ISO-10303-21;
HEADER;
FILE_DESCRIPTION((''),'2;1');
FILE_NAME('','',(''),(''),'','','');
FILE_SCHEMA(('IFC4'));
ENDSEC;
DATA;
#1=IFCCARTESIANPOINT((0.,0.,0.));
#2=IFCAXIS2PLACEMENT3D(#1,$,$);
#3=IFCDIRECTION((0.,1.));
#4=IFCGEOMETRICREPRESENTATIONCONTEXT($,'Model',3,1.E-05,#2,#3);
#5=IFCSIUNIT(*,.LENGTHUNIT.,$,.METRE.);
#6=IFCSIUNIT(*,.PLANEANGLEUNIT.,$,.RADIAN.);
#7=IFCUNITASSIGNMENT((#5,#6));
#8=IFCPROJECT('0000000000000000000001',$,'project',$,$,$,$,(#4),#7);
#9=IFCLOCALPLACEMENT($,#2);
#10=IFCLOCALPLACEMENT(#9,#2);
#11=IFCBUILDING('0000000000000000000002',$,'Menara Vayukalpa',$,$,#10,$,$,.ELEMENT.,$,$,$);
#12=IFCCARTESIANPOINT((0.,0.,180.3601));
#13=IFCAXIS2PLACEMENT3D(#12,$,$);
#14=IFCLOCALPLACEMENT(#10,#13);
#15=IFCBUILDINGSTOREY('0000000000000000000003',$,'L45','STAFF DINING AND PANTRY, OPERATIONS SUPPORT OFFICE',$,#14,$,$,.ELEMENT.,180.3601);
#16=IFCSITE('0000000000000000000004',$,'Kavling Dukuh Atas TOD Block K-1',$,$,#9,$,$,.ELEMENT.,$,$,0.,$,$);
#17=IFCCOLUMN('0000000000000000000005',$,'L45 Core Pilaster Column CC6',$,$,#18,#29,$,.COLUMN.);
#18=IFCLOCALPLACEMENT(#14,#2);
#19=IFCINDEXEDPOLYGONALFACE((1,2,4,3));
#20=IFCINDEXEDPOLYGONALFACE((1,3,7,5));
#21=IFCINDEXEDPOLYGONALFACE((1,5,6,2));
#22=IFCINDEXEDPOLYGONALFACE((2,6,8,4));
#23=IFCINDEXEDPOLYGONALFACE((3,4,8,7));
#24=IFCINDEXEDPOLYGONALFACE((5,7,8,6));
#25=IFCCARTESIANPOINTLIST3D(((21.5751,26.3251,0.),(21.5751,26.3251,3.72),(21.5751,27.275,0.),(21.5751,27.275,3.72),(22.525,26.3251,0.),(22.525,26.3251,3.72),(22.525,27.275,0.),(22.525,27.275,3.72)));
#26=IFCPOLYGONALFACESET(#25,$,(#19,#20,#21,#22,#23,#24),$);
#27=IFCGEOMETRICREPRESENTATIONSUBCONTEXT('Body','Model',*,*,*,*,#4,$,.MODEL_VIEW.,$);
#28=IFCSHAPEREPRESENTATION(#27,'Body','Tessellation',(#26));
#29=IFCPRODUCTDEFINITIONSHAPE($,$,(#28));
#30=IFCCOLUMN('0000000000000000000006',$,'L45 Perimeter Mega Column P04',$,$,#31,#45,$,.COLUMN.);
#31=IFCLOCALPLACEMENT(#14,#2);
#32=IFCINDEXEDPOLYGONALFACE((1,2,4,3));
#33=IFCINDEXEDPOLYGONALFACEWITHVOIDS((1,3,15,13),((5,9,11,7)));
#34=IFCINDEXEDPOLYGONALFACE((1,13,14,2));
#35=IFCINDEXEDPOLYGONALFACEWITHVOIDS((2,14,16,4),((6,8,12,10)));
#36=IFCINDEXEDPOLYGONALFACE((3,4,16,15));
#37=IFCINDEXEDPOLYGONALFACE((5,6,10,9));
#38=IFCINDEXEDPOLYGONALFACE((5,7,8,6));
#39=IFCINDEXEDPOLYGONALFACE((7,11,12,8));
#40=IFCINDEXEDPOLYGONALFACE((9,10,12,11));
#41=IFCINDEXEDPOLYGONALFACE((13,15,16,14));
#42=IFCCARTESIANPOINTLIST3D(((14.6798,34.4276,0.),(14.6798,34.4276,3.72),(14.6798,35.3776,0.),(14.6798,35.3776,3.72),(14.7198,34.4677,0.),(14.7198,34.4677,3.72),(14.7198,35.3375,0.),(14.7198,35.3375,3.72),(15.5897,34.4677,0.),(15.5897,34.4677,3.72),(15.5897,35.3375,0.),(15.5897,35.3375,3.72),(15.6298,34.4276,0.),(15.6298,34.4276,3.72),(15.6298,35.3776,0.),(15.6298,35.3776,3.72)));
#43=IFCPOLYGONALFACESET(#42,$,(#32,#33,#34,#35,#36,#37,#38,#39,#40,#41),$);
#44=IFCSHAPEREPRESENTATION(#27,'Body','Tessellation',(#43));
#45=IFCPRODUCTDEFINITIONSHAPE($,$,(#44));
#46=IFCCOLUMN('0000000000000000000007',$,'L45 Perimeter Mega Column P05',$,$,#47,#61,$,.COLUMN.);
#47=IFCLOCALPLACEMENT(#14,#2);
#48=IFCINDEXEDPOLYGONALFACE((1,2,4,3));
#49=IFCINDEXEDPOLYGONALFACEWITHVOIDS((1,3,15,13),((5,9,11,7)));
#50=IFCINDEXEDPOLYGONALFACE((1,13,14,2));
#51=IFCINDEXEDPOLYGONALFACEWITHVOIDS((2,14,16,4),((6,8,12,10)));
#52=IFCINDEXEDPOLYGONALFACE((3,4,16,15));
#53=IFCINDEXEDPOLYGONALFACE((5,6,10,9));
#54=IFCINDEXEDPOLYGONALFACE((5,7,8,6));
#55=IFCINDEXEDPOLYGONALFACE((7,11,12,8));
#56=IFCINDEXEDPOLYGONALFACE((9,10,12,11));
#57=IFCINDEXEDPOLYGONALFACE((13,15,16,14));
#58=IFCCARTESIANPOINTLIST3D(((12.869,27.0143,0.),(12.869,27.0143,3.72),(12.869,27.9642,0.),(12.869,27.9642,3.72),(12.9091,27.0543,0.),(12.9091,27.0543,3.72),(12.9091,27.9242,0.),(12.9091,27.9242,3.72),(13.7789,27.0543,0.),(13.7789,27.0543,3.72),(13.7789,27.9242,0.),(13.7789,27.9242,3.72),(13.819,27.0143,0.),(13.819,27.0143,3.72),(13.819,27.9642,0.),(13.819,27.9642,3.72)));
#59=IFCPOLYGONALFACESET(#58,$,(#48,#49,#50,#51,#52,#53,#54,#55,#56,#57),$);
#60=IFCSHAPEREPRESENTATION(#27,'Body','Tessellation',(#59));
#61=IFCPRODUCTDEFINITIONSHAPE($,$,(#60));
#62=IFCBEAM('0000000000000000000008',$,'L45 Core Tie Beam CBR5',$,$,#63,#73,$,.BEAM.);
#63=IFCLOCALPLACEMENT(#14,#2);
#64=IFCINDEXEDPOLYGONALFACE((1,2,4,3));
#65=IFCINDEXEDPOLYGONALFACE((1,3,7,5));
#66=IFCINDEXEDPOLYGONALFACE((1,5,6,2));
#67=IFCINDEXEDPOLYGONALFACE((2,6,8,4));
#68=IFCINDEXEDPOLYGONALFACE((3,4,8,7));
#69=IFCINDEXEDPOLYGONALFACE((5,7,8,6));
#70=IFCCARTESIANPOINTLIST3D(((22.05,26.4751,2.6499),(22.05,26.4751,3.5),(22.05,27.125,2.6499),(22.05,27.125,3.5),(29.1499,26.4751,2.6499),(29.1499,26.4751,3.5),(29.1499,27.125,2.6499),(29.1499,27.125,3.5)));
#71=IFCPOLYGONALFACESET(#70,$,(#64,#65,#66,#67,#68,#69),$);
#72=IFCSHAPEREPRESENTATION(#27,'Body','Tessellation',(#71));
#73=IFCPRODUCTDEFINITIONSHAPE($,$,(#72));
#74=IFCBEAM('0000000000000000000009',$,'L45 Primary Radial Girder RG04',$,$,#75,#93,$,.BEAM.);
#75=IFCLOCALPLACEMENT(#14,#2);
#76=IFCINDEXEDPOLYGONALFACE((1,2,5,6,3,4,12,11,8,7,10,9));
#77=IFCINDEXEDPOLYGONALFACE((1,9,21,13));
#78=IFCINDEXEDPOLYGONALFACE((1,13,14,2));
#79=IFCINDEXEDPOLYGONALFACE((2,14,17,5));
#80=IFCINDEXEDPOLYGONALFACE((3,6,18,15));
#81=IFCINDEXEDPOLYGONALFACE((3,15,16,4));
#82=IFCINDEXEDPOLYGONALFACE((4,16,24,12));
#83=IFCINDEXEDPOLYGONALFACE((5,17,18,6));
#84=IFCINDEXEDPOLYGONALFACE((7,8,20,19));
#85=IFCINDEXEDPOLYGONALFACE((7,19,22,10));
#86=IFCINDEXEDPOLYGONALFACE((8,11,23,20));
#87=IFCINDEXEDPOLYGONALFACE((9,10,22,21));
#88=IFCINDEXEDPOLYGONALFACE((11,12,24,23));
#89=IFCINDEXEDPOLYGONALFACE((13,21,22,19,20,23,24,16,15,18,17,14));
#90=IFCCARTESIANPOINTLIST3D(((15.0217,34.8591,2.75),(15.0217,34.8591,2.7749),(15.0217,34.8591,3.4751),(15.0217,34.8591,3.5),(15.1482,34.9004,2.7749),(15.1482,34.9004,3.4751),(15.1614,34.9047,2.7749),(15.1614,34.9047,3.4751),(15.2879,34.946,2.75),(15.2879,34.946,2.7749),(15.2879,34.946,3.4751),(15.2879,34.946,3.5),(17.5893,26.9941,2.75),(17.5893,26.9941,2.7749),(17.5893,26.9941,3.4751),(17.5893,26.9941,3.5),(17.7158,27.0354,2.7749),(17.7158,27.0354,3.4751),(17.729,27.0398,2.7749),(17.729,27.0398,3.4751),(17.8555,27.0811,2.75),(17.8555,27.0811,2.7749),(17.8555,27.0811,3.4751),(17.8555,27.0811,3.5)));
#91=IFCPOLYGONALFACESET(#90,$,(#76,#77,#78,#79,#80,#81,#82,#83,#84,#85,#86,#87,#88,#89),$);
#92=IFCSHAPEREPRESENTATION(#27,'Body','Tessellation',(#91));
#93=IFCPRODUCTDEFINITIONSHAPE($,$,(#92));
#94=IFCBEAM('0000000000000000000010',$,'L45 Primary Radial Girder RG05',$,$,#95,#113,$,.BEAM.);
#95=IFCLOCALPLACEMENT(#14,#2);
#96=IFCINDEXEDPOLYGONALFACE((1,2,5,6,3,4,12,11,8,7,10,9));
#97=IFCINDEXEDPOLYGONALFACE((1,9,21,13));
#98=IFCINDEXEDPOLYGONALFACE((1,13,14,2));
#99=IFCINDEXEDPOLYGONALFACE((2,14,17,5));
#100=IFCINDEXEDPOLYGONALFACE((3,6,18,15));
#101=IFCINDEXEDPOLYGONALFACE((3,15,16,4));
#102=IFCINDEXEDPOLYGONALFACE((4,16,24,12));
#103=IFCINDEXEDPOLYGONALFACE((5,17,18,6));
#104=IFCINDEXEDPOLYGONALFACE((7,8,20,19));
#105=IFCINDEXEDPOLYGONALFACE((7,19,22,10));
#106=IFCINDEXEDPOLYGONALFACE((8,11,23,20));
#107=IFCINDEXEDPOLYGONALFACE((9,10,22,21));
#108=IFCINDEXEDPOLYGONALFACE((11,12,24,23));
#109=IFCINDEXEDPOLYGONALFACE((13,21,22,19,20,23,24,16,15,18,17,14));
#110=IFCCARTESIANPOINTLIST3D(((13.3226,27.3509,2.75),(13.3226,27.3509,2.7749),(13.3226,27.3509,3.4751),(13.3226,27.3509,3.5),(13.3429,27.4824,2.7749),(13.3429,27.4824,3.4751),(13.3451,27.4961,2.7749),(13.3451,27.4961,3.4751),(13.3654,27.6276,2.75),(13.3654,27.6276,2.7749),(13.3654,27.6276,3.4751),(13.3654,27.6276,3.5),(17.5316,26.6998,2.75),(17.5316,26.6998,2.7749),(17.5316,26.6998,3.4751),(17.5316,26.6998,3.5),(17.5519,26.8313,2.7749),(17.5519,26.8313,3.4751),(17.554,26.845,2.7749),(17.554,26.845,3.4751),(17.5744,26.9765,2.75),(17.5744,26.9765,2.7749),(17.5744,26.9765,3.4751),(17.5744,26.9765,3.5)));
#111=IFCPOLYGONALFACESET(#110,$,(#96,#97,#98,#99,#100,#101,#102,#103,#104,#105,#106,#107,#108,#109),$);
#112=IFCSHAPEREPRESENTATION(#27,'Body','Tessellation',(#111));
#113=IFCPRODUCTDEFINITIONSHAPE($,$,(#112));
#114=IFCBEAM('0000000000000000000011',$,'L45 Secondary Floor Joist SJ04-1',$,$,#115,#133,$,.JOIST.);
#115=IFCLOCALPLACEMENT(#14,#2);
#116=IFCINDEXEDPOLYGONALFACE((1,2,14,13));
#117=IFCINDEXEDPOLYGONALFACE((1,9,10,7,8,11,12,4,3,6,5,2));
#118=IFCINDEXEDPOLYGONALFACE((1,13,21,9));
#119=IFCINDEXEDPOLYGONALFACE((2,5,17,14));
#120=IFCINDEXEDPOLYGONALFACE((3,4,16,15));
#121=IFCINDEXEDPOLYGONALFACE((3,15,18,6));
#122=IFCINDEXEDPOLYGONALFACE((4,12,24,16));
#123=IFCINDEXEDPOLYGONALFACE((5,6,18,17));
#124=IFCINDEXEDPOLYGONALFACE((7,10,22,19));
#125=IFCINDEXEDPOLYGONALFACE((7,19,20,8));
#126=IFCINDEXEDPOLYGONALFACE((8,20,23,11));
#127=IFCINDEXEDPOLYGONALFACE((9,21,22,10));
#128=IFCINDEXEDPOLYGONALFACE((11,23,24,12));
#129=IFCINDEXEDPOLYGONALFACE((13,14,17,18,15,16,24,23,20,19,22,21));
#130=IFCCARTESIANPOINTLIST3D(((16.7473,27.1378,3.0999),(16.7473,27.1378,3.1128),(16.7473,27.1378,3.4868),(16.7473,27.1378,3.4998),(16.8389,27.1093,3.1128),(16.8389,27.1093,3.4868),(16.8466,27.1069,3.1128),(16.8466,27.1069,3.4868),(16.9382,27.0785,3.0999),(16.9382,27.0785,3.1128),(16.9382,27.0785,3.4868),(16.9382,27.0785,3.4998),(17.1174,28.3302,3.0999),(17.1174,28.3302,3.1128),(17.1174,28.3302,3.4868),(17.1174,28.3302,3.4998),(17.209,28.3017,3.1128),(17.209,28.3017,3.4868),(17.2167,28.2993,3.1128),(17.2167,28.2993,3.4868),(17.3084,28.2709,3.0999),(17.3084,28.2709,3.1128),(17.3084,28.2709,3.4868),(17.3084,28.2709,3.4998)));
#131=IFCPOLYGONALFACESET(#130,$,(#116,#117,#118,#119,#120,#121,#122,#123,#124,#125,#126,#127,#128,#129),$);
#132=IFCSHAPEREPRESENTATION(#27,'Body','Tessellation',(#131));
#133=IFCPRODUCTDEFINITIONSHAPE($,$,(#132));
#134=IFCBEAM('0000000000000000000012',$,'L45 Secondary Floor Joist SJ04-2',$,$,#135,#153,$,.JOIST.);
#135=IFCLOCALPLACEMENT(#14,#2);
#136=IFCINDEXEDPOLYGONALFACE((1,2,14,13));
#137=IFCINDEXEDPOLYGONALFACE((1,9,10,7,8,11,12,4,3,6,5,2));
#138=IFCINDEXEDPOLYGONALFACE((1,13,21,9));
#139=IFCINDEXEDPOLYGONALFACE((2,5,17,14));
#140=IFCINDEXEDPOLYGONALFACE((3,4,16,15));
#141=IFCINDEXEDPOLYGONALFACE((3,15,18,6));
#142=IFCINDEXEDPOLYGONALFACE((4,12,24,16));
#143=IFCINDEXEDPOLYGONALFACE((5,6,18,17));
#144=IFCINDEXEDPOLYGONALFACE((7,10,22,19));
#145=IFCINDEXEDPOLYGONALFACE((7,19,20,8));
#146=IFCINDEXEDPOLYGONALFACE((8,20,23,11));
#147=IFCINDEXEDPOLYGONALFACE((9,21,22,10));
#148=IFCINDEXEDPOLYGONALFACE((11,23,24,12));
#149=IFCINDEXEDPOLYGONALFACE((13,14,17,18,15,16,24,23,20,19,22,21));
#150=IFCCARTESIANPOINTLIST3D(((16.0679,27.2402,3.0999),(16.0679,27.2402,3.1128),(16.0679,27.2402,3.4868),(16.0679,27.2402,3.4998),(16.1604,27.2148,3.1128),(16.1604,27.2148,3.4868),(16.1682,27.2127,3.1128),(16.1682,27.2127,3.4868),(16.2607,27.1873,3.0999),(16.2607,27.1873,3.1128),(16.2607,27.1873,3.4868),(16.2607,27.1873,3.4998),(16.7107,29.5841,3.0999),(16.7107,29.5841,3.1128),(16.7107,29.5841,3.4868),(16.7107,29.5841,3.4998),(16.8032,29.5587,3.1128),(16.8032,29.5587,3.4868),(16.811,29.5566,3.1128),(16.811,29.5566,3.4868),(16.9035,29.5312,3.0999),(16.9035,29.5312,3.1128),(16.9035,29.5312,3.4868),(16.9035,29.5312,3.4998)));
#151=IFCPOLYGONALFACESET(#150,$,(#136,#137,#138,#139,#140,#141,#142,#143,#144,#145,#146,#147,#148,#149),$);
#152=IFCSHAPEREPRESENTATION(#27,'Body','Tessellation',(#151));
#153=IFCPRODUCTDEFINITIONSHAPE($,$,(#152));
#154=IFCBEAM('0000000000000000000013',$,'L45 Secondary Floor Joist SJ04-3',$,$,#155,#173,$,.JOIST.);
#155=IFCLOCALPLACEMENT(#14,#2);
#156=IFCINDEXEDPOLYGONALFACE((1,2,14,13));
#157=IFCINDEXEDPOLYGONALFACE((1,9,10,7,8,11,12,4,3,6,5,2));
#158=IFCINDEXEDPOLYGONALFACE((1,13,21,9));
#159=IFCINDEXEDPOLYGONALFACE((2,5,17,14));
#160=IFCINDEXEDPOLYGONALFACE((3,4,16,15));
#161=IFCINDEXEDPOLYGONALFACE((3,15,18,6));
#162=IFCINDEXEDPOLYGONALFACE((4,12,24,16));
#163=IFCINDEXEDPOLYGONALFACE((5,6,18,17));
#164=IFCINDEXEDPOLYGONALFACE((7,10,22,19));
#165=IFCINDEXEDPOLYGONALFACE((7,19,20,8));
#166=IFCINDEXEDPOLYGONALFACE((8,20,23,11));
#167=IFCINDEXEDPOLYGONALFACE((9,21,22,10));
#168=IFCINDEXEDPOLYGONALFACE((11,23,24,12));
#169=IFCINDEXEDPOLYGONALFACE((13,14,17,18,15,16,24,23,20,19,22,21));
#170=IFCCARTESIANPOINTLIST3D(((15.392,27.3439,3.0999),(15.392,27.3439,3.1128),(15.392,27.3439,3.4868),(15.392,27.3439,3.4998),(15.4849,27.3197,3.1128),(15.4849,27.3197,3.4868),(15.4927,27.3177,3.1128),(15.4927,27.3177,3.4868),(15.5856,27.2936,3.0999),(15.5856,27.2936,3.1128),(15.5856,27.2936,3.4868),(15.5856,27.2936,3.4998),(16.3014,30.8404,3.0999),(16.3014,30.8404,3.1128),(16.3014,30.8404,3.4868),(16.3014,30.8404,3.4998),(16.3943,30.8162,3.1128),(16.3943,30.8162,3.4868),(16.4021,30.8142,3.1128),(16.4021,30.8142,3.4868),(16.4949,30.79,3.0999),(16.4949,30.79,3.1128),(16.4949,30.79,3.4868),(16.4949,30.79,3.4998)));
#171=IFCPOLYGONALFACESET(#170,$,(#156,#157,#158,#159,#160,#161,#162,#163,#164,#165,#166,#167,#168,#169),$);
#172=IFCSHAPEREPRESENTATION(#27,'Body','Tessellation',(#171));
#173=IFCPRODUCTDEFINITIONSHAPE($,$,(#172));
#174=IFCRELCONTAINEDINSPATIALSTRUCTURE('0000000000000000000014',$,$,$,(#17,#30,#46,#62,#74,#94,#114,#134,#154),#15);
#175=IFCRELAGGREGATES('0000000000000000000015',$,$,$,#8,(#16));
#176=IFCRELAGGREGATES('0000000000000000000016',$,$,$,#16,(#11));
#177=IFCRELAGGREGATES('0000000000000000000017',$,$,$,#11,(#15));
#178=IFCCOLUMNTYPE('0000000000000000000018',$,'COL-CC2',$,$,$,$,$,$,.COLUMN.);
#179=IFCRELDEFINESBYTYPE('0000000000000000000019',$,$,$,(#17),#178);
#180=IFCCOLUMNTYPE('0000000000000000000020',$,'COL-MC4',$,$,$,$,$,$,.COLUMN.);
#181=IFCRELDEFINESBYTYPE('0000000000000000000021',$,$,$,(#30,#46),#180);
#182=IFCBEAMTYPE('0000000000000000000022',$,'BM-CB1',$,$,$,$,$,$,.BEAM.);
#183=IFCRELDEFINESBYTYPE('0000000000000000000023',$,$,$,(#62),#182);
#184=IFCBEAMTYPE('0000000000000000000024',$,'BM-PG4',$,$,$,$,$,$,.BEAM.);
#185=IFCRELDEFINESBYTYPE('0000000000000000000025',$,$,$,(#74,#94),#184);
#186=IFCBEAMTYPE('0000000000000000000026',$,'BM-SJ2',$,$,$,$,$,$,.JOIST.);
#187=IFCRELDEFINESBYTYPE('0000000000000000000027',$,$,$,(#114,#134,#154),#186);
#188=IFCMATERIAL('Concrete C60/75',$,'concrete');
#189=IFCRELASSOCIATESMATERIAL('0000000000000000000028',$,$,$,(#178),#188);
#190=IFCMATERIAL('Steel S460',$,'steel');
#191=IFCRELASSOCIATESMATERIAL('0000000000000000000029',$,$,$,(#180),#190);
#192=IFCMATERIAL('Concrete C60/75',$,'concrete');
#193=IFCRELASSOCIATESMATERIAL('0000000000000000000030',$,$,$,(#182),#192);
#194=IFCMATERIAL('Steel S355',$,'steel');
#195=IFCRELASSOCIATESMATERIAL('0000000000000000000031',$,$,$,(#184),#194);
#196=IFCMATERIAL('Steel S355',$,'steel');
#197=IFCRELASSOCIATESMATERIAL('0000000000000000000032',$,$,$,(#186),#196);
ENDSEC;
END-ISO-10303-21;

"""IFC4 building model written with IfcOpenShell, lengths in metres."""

from ifc_helpers import new_model, si_unit, direction, frame, origin, origin_2d, place, context, subcontext, project, spatial, rectangle, hollow_rectangle, i_section, extrude, material, material_profile, profile_set, type_object, element, save


model = new_model("IFC4")

# Units and contexts
model_context = context("Model", 3, precision=1e-05, world=origin(), true_north=direction((0.0, 1.0)))
body_context = subcontext(model_context, "Body", "Model", "MODEL_VIEW")
ifc_project = project(units=[si_unit("LENGTHUNIT", "METRE"), si_unit("PLANEANGLEUNIT", "RADIAN")], contexts=[model_context])

# Site, building, storey
site_placement = place(None, origin())
site = spatial("IfcSite", under=ifc_project, at=site_placement, Name="Kavling Dukuh Atas TOD Block K-1", CompositionType="ELEMENT", RefElevation=0.0)
building_placement = place(site_placement, origin())
building = spatial("IfcBuilding", under=site, at=building_placement, Name="Menara Vayukalpa", CompositionType="ELEMENT")
storey_placement = place(building_placement, frame((0.0, 0.0, 180.3601)))
storey = spatial("IfcBuildingStorey", under=building, at=storey_placement, Name="L45", Description="STAFF DINING AND PANTRY, OPERATIONS SUPPORT OFFICE", CompositionType="ELEMENT", Elevation=180.3601)

# Columns
ifc_material_1 = material(Name="Concrete C60/75", Category="concrete")
ifc_material_profile_1 = material_profile(ifc_material_1, rectangle(XDim=0.95, YDim=0.95, at=origin_2d()), Name="RC 950x950")
ifc_profile_set_1 = profile_set([ifc_material_profile_1], Name="Concrete C60/75")
column_type_1 = type_object("IfcColumnType", Name="COL-CC2", PredefinedType="COLUMN", material=ifc_profile_set_1)
column_placement = place(storey_placement, frame((22.05, 26.8, 0.0), z_axis=(0.0, 0.0, 1.0), x_axis=(1.0, 0.0, 0.0)))
element("IfcColumn", 1, at=column_placement, inside=storey, type_object=column_type_1, Name="L45 Core Pilaster Column CC6", PredefinedType="COLUMN", context=body_context, shape_type="SweptSolid", body=[
    extrude(rectangle(XDim=0.95, YDim=0.95, at=origin_2d()), origin(), (0.0, 0.0, 1.0), 3.72),
])
ifc_material_2 = material(Name="Steel S460", Category="steel")
ifc_material_profile_2 = material_profile(ifc_material_2, hollow_rectangle(XDim=0.95, YDim=0.95, WallThickness=0.04, at=origin_2d()), Name="BOX 950x950x40")
ifc_profile_set_2 = profile_set([ifc_material_profile_2], Name="Steel S460")
column_type_2 = type_object("IfcColumnType", Name="COL-MC4", PredefinedType="COLUMN", material=ifc_profile_set_2)
for number, where, z_axis, x_axis, name in (
    (2, (15.1548, 34.9026, 0.0), (0.0, 0.0, 1.0), (1.0, 0.0, 0.0), "L45 Perimeter Mega Column P04"),
    (3, (13.344, 27.4893, 0.0), (0.0, 0.0, 1.0), (1.0, 0.0, 0.0), "L45 Perimeter Mega Column P05"),
):
    element("IfcColumn", number, at=place(storey_placement, frame(where, z_axis=z_axis, x_axis=x_axis)), inside=storey, type_object=column_type_2, Name=name, PredefinedType="COLUMN", context=body_context, shape_type="SweptSolid", body=[
        extrude(hollow_rectangle(XDim=0.95, YDim=0.95, WallThickness=0.04, at=origin_2d()), origin(), (0.0, 0.0, 1.0), 3.72),
    ])

# Beams
ifc_material_3 = material(Name="Concrete C60/75", Category="concrete")
ifc_material_profile_3 = material_profile(ifc_material_3, rectangle(XDim=0.6499, YDim=0.8501, at=origin_2d()), Name="RC 650x850")
ifc_profile_set_3 = profile_set([ifc_material_profile_3], Name="Concrete C60/75")
beam_type_1 = type_object("IfcBeamType", Name="BM-CB1", PredefinedType="BEAM", material=ifc_profile_set_3)
beam_1_placement = place(storey_placement, frame((22.05, 26.8, 3.075), z_axis=(1.0, 0.0, 0.0), x_axis=(0.0, 1.0, 0.0)))
element("IfcBeam", 4, at=beam_1_placement, inside=storey, type_object=beam_type_1, Name="L45 Core Tie Beam CBR5", PredefinedType="BEAM", context=body_context, shape_type="SweptSolid", body=[
    extrude(rectangle(XDim=0.6499, YDim=0.8501, at=origin_2d()), origin(), (0.0, 0.0, 1.0), 7.0999),
])
ifc_material_4 = material(Name="Steel S355", Category="steel")
ifc_material_profile_4 = material_profile(ifc_material_4, i_section(OverallWidth=0.28, OverallDepth=0.75, WebThickness=0.0139, FlangeThickness=0.0249, at=origin_2d()), Name="WF 750x280x14x25")
ifc_profile_set_4 = profile_set([ifc_material_profile_4], Name="Steel S355")
beam_type_2 = type_object("IfcBeamType", Name="BM-PG4", PredefinedType="BEAM", material=ifc_profile_set_4)
beam_2_placement = place(storey_placement, frame((17.7224, 27.0376, 3.125), z_axis=(-0.310344, 0.950624, 0.0), x_axis=(-0.950624, -0.310344, 0.0)))
element("IfcBeam", 5, at=beam_2_placement, inside=storey, type_object=beam_type_2, Name="L45 Primary Radial Girder RG04", PredefinedType="BEAM", context=body_context, shape_type="SweptSolid", body=[
    extrude(i_section(OverallWidth=0.28, OverallDepth=0.75, WebThickness=0.0139, FlangeThickness=0.0249, at=origin_2d()), origin(), (0.0, 0.0, 1.0), 8.2734),
])
beam_3_placement = place(storey_placement, frame((17.553, 26.8381, 3.125), z_axis=(-0.988245, 0.15288, 0.0), x_axis=(-0.15288, -0.988245, 0.0)))
element("IfcBeam", 6, at=beam_3_placement, inside=storey, type_object=beam_type_2, Name="L45 Primary Radial Girder RG05", PredefinedType="BEAM", context=body_context, shape_type="SweptSolid", body=[
    extrude(i_section(OverallWidth=0.28, OverallDepth=0.75, WebThickness=0.0139, FlangeThickness=0.0249, at=origin_2d()), origin(), (0.0, 0.0, 1.0), 4.259),
])
ifc_material_5 = material(Name="Steel S355", Category="steel")
ifc_material_profile_5 = material_profile(ifc_material_5, i_section(OverallWidth=0.2, OverallDepth=0.3999, WebThickness=0.0081, FlangeThickness=0.0129, at=origin_2d()), Name="WF 400x200x8x13")
ifc_profile_set_5 = profile_set([ifc_material_profile_5], Name="Steel S355")
beam_type_3 = type_object("IfcBeamType", Name="BM-SJ2", PredefinedType="JOIST", material=ifc_profile_set_5)
beam_4_placement = place(storey_placement, frame((17.2129, 28.3005, 3.2998), z_axis=(-0.296448, -0.955049, 0.0), x_axis=(0.955049, -0.296448, 0.0)))
element("IfcBeam", 7, at=beam_4_placement, inside=storey, type_object=beam_type_3, Name="L45 Secondary Floor Joist SJ04-1", PredefinedType="JOIST", context=body_context, shape_type="SweptSolid", body=[
    extrude(i_section(OverallWidth=0.2, OverallDepth=0.3999, WebThickness=0.0081, FlangeThickness=0.0129, at=origin_2d()), origin(), (0.0, 0.0, 1.0), 1.2485),
])
beam_5_placement = place(storey_placement, frame((16.8071, 29.5576, 3.2998), z_axis=(-0.264503, -0.964385, 0.0), x_axis=(0.964385, -0.264503, 0.0)))
element("IfcBeam", 8, at=beam_5_placement, inside=storey, type_object=beam_type_3, Name="L45 Secondary Floor Joist SJ04-2", PredefinedType="JOIST", context=body_context, shape_type="SweptSolid", body=[
    extrude(i_section(OverallWidth=0.2, OverallDepth=0.3999, WebThickness=0.0081, FlangeThickness=0.0129, at=origin_2d()), origin(), (0.0, 0.0, 1.0), 2.4304),
])
beam_6_placement = place(storey_placement, frame((16.3982, 30.8152, 3.2998), z_axis=(-0.251715, -0.967801, 0.0), x_axis=(0.967801, -0.251715, 0.0)))
element("IfcBeam", 9, at=beam_6_placement, inside=storey, type_object=beam_type_3, Name="L45 Secondary Floor Joist SJ04-3", PredefinedType="JOIST", context=body_context, shape_type="SweptSolid", body=[
    extrude(i_section(OverallWidth=0.2, OverallDepth=0.3999, WebThickness=0.0081, FlangeThickness=0.0129, at=origin_2d()), origin(), (0.0, 0.0, 1.0), 3.6128),
])

save(model, "model.ifc")
